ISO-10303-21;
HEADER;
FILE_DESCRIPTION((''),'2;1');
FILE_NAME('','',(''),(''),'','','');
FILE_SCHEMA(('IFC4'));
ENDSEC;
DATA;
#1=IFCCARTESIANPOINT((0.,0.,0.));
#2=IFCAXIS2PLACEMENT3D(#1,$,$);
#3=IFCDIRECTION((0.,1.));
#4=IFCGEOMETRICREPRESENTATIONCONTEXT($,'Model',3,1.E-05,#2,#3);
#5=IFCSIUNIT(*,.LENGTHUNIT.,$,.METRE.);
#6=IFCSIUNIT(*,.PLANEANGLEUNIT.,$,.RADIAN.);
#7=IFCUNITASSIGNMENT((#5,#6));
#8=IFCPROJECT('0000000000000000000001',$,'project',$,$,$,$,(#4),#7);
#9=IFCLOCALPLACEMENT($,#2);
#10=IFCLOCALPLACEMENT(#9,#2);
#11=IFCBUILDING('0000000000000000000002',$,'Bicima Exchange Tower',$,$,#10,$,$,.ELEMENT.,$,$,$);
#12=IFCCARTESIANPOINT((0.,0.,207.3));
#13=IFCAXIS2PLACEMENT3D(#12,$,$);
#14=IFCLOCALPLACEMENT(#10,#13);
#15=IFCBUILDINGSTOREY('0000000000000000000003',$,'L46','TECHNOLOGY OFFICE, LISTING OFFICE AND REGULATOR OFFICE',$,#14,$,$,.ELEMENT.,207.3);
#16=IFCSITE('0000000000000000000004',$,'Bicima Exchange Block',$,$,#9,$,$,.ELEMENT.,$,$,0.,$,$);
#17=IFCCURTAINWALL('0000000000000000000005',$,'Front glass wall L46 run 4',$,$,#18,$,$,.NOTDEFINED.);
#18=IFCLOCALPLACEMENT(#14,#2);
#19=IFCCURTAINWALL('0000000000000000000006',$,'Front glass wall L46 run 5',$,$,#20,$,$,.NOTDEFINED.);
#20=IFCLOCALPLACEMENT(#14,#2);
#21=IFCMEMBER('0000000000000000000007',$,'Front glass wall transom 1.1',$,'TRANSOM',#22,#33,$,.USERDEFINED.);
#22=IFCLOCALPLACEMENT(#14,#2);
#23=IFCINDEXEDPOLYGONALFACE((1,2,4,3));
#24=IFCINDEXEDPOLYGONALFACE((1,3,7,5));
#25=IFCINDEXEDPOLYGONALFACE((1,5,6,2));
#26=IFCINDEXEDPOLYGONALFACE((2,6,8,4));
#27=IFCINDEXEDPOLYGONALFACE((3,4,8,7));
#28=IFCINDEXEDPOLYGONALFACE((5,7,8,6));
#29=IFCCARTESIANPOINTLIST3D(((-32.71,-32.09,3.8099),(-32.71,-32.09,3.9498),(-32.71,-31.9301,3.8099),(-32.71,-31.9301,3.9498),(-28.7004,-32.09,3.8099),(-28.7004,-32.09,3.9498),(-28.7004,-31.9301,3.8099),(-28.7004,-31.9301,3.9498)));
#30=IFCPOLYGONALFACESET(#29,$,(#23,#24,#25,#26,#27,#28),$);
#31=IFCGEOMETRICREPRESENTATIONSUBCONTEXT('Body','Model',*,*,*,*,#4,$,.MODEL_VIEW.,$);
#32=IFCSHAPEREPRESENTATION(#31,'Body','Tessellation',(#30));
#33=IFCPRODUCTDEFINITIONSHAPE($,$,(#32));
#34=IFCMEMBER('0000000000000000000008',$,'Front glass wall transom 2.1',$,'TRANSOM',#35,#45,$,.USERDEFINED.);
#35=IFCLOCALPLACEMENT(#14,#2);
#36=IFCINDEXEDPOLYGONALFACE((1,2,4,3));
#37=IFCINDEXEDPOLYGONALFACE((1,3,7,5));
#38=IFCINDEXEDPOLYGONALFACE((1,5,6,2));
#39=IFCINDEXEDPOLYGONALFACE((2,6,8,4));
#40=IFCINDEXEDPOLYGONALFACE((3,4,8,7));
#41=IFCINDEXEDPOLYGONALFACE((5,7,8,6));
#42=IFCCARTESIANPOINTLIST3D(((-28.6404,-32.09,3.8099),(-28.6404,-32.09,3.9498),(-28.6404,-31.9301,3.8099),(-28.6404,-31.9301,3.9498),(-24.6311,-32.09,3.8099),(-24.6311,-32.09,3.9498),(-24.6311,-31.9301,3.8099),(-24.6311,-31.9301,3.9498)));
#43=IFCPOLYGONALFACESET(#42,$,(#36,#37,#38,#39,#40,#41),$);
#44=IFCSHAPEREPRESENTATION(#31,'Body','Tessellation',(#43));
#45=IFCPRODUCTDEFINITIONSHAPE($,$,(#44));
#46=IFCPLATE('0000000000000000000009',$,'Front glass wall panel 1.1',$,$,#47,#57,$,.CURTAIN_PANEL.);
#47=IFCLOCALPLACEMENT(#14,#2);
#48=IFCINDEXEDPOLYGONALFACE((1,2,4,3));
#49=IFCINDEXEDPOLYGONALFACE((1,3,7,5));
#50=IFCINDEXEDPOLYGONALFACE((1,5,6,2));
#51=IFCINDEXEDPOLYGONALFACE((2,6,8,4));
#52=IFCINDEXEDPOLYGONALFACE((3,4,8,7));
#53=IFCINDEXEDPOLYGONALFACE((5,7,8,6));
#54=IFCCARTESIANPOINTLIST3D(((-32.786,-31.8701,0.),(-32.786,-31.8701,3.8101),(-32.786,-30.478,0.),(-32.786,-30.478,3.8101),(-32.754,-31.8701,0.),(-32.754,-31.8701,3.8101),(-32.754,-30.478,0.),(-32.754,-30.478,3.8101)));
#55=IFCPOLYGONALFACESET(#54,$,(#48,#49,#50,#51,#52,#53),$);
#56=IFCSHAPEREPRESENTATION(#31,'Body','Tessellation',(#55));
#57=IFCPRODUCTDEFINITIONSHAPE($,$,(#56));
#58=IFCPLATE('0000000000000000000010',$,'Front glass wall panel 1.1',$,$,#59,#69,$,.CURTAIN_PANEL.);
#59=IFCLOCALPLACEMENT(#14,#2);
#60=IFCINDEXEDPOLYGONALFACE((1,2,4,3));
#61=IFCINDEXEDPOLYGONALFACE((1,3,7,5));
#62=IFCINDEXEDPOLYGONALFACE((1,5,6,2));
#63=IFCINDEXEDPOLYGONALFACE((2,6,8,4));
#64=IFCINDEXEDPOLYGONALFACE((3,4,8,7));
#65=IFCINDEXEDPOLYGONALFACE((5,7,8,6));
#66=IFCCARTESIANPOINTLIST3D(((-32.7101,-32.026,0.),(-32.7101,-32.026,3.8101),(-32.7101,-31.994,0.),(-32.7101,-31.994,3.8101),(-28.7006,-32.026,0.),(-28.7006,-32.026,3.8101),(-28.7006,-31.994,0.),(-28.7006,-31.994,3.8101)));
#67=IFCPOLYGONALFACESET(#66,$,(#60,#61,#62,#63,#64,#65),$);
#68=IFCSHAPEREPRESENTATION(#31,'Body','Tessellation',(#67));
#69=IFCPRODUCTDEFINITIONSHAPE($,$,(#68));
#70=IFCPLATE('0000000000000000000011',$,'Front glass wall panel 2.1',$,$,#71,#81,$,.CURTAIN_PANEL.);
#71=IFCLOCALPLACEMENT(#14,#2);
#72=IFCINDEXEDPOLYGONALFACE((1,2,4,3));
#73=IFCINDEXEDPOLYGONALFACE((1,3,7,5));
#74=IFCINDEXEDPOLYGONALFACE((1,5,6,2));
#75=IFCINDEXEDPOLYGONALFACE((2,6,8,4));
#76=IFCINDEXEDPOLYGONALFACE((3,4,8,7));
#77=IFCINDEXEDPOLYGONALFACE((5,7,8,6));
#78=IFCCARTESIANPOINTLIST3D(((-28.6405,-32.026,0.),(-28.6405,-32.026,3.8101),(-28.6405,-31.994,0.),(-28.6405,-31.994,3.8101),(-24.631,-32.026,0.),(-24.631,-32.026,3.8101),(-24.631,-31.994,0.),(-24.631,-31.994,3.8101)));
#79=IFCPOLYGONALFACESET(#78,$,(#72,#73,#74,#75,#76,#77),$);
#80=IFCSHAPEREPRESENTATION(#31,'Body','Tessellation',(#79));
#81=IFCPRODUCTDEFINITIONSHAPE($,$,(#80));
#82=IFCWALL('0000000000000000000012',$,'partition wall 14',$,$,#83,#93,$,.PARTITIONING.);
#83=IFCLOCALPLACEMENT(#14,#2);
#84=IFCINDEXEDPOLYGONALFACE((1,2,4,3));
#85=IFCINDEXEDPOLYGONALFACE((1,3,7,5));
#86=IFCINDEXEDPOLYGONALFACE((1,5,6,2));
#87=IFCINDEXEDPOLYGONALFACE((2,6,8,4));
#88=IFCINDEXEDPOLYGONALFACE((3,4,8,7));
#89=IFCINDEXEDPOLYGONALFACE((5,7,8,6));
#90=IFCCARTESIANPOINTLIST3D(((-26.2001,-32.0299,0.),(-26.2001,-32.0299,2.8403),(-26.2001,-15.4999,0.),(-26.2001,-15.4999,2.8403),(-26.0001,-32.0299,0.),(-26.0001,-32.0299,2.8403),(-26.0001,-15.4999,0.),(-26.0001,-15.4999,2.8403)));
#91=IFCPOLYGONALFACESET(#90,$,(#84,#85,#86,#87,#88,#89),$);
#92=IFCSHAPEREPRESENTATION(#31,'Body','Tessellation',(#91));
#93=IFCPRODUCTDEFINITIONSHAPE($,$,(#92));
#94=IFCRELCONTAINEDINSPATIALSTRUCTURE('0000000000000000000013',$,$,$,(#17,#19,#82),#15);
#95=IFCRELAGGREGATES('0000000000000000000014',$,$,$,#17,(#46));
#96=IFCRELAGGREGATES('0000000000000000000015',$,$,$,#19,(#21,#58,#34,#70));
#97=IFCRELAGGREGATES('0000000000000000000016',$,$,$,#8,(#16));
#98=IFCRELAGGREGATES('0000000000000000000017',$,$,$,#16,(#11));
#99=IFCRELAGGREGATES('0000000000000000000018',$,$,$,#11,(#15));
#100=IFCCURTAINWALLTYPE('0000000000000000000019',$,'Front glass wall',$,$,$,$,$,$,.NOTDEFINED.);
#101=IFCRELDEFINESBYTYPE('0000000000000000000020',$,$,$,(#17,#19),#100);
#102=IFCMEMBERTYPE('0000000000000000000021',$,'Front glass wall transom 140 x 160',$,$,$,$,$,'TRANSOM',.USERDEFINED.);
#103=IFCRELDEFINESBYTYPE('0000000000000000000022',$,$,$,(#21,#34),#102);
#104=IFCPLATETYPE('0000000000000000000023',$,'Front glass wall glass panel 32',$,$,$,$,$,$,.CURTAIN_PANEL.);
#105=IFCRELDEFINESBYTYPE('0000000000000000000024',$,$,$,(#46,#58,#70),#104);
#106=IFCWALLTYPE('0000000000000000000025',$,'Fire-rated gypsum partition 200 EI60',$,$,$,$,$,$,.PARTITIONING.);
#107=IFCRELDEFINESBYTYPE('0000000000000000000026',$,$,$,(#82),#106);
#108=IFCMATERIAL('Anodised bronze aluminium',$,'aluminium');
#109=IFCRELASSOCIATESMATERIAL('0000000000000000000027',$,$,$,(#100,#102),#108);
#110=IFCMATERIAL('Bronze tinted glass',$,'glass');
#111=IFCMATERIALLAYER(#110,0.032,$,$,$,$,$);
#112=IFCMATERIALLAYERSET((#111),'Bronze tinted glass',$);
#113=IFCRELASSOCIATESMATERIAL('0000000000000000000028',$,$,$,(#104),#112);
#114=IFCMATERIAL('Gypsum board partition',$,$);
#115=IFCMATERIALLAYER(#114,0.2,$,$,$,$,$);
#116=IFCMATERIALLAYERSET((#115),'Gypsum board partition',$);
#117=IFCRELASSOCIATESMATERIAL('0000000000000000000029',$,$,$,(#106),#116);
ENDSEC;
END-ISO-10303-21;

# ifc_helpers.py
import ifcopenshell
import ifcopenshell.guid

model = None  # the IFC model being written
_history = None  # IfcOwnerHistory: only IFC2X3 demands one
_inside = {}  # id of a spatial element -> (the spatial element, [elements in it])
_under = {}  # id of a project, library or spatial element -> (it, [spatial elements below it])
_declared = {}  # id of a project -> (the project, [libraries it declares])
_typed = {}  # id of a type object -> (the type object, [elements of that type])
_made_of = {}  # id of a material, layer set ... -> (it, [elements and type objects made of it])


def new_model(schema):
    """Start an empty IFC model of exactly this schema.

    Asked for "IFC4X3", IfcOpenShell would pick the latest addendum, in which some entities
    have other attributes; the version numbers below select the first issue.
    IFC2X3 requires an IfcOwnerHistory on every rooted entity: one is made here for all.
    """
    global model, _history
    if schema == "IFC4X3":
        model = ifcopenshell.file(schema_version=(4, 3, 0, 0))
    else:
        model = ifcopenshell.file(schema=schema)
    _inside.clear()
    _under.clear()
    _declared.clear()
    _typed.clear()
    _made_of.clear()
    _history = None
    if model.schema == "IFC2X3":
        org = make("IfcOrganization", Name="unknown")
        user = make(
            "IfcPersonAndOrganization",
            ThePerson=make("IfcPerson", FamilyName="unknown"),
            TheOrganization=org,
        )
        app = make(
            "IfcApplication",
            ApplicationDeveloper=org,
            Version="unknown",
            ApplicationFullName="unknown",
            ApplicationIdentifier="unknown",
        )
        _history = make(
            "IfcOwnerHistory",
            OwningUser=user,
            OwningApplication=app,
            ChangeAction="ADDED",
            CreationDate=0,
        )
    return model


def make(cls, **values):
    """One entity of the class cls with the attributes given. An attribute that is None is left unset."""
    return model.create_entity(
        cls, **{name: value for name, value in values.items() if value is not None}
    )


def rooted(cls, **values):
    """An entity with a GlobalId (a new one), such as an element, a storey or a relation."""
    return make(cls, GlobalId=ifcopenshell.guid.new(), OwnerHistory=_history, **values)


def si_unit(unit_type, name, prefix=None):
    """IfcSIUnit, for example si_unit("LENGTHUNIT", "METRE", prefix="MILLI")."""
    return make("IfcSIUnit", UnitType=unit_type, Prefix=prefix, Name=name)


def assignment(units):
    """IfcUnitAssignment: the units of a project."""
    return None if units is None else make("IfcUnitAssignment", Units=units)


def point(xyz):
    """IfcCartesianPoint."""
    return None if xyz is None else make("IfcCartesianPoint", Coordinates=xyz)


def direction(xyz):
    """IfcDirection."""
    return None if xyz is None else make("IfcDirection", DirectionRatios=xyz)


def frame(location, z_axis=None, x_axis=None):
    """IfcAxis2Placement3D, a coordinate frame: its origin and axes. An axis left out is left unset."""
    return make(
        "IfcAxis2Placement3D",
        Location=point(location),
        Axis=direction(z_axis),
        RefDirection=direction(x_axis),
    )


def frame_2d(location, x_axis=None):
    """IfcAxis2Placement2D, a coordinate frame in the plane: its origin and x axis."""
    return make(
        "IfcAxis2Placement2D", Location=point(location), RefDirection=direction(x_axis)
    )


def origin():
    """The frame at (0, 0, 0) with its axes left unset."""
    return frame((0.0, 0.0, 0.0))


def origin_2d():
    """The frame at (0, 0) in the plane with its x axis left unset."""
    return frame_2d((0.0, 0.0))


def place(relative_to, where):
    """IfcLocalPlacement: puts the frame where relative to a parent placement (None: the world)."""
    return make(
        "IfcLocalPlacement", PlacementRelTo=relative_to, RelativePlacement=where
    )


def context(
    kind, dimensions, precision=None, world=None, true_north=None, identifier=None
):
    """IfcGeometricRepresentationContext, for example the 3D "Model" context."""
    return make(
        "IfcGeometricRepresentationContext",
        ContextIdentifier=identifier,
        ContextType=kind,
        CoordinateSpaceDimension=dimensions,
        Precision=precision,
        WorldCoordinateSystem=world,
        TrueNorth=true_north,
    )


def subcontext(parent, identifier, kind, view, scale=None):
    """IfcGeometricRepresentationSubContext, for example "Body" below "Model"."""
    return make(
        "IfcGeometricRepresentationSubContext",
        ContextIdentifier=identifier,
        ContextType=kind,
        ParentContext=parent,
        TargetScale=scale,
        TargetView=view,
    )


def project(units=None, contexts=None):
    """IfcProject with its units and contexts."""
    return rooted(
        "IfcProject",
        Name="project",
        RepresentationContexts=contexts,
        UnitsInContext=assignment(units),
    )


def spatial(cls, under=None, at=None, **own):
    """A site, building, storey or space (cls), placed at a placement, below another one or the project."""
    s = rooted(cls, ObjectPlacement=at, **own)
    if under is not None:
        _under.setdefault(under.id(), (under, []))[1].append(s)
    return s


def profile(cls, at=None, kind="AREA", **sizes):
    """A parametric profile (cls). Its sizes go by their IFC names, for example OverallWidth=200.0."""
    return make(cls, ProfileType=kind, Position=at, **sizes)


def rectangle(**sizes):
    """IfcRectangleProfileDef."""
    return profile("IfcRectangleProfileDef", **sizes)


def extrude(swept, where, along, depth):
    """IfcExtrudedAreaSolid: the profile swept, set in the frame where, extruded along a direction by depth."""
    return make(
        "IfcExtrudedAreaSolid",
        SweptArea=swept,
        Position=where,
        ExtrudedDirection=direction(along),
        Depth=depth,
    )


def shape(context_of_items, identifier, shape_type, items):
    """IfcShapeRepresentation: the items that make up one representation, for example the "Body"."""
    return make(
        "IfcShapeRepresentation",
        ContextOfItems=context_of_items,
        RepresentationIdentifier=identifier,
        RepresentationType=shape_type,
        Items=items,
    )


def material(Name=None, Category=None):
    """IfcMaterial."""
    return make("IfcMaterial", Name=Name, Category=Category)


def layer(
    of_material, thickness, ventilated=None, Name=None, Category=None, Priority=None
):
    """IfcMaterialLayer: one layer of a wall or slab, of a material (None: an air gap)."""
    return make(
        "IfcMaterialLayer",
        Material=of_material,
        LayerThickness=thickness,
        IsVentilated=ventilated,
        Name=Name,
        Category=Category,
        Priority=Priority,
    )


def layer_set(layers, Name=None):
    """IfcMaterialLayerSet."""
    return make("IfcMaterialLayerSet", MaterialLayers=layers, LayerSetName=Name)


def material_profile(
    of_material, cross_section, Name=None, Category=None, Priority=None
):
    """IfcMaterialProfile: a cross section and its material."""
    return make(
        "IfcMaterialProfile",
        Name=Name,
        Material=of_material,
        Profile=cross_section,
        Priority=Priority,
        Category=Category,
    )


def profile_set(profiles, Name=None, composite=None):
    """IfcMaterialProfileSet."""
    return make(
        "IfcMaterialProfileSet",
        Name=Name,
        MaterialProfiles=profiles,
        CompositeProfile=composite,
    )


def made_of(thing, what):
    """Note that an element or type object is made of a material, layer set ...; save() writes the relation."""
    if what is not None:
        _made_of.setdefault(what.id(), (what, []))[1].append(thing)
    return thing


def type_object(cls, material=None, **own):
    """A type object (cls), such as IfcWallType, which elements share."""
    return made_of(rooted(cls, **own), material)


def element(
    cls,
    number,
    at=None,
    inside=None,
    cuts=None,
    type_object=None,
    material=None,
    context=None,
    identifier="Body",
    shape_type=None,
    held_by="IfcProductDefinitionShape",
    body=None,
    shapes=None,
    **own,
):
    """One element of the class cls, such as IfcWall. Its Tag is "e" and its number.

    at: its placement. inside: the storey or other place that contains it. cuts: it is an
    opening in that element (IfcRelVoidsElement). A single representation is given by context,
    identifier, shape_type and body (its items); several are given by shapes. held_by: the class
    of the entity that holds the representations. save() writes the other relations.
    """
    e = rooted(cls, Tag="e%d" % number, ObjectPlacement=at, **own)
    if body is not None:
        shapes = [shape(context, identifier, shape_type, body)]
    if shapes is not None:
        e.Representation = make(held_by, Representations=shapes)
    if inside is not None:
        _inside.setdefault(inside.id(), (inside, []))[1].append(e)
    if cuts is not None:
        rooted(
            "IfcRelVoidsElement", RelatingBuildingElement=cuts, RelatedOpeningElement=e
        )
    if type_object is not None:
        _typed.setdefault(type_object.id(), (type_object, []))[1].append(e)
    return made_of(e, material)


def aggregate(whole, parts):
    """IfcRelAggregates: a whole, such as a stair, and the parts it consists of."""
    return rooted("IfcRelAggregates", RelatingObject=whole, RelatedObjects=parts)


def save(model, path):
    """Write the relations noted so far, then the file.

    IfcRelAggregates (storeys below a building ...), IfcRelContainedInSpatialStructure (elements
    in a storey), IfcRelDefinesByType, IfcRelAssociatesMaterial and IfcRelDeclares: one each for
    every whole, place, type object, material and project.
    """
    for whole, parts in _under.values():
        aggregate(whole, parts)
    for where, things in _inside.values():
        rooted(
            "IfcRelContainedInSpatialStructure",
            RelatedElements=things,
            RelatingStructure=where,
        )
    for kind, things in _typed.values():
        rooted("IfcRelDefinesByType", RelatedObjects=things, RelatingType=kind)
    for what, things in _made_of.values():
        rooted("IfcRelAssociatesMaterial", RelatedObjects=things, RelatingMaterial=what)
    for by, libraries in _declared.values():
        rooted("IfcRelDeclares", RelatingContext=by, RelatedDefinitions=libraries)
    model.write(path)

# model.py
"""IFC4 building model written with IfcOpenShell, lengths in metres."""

from ifc_helpers import new_model, si_unit, direction, frame, frame_2d, origin, origin_2d, place, context, subcontext, project, spatial, rectangle, extrude, material, layer, layer_set, material_profile, profile_set, type_object, element, aggregate, save


model = new_model("IFC4")

# Units and contexts
model_context = context("Model", 3, precision=1e-05, world=origin(), true_north=direction((0.0, 1.0)))
body_context = subcontext(model_context, "Body", "Model", "MODEL_VIEW")
ifc_project = project(units=[si_unit("LENGTHUNIT", "METRE"), si_unit("PLANEANGLEUNIT", "RADIAN")], contexts=[model_context])

# Site, building, storey
site_placement = place(None, origin())
site = spatial("IfcSite", under=ifc_project, at=site_placement, Name="Bicima Exchange Block", CompositionType="ELEMENT", RefElevation=0.0)
building_placement = place(site_placement, origin())
building = spatial("IfcBuilding", under=site, at=building_placement, Name="Bicima Exchange Tower", CompositionType="ELEMENT")
storey_placement = place(building_placement, frame((0.0, 0.0, 207.3)))
storey = spatial("IfcBuildingStorey", under=building, at=storey_placement, Name="L46", Description="TECHNOLOGY OFFICE, LISTING OFFICE AND REGULATOR OFFICE", CompositionType="ELEMENT", Elevation=207.3)

# Shared definitions
ifc_material_1 = material(Name="Anodised bronze aluminium", Category="aluminium")
curtain_wall_type = type_object("IfcCurtainWallType", Name="Front glass wall", PredefinedType="NOTDEFINED", material=ifc_material_1)

# Curtain walls
curtain_wall_1_placement = place(storey_placement, origin())
curtain_wall_1 = element("IfcCurtainWall", 1, at=curtain_wall_1_placement, inside=storey, type_object=curtain_wall_type, Name="Front glass wall L46 run 4", PredefinedType="NOTDEFINED")
curtain_wall_2_placement = place(storey_placement, origin())
curtain_wall_2 = element("IfcCurtainWall", 2, at=curtain_wall_2_placement, inside=storey, type_object=curtain_wall_type, Name="Front glass wall L46 run 5", PredefinedType="NOTDEFINED")

# Members
ifc_material_profile_1 = material_profile(ifc_material_1, rectangle(XDim=0.1599, YDim=0.1399, at=origin_2d()))
ifc_profile_set_1 = profile_set([ifc_material_profile_1], Name="Anodised bronze aluminium")
member_type_1 = type_object("IfcMemberType", Name="Front glass wall transom 140 x 160", ElementType="TRANSOM", PredefinedType="USERDEFINED", material=ifc_profile_set_1)
member_1_placement = place(storey_placement, frame((-32.71, -32.01, 3.8799), z_axis=(1.0, 0.0, 0.0), x_axis=(0.0, 1.0, 0.0)))
member_1 = element("IfcMember", 3, at=member_1_placement, type_object=member_type_1, Name="Front glass wall transom 1.1", ObjectType="TRANSOM", PredefinedType="USERDEFINED", context=body_context, shape_type="SweptSolid", body=[
    extrude(rectangle(XDim=0.1599, YDim=0.1399, at=origin_2d()), origin(), (0.0, 0.0, 1.0), 4.0095),
])
member_2_placement = place(storey_placement, frame((-28.6404, -32.01, 3.8799), z_axis=(1.0, 0.0, 0.0), x_axis=(0.0, 1.0, 0.0)))
member_2 = element("IfcMember", 4, at=member_2_placement, type_object=member_type_1, Name="Front glass wall transom 2.1", ObjectType="TRANSOM", PredefinedType="USERDEFINED", context=body_context, shape_type="SweptSolid", body=[
    extrude(rectangle(XDim=0.1599, YDim=0.1399, at=origin_2d()), origin(), (0.0, 0.0, 1.0), 4.0093),
])

# Plates
ifc_material_2 = material(Name="Bronze tinted glass", Category="glass")
ifc_layer_1 = layer(ifc_material_2, 0.032)
ifc_layer_set_1 = layer_set([ifc_layer_1], Name="Bronze tinted glass")
plate_type = type_object("IfcPlateType", Name="Front glass wall glass panel 32", PredefinedType="CURTAIN_PANEL", material=ifc_layer_set_1)
plate_1_placement = place(storey_placement, frame((-32.77, -31.1741, 0.0), z_axis=(0.0, 0.0, 1.0), x_axis=(0.0, -1.0, 0.0)))
plate_1 = element("IfcPlate", 5, at=plate_1_placement, type_object=plate_type, Name="Front glass wall panel 1.1", PredefinedType="CURTAIN_PANEL", context=body_context, shape_type="SweptSolid", body=[
    extrude(rectangle(XDim=1.3921, YDim=0.032, at=origin_2d()), origin(), (0.0, 0.0, 1.0), 3.8101),
])
aggregate(curtain_wall_1, [plate_1])
plate_2_placement = place(storey_placement, frame((-30.7053, -32.01, 0.0), z_axis=(0.0, 0.0, 1.0), x_axis=(1.0, 0.0, 0.0)))
plate_2 = element("IfcPlate", 6, at=plate_2_placement, type_object=plate_type, Name="Front glass wall panel 1.1", PredefinedType="CURTAIN_PANEL", context=body_context, shape_type="SweptSolid", body=[
    extrude(rectangle(XDim=4.0095, YDim=0.032, at=origin_2d()), origin(), (0.0, 0.0, 1.0), 3.8101),
])
plate_3_placement = place(storey_placement, frame((-26.6357, -32.01, 0.0), z_axis=(0.0, 0.0, 1.0), x_axis=(1.0, 0.0, 0.0)))
plate_3 = element("IfcPlate", 7, at=plate_3_placement, type_object=plate_type, Name="Front glass wall panel 2.1", PredefinedType="CURTAIN_PANEL", context=body_context, shape_type="SweptSolid", body=[
    extrude(rectangle(XDim=4.0095, YDim=0.032, at=origin_2d()), origin(), (0.0, 0.0, 1.0), 3.8101),
])
aggregate(curtain_wall_2, [member_1, plate_2, member_2, plate_3])

# Wall
ifc_material_3 = material(Name="Gypsum board partition")
ifc_layer_2 = layer(ifc_material_3, 0.2)
ifc_layer_set_2 = layer_set([ifc_layer_2], Name="Gypsum board partition")
wall_type = type_object("IfcWallType", Name="Fire-rated gypsum partition 200 EI60", PredefinedType="PARTITIONING", material=ifc_layer_set_2)
wall_placement = place(storey_placement, frame((-26.1001, -32.03, 0.0), z_axis=(0.0, 0.0, 1.0), x_axis=(0.0, 1.0, 0.0)))
element("IfcWall", 8, at=wall_placement, inside=storey, type_object=wall_type, Name="partition wall 14", PredefinedType="PARTITIONING", context=body_context, shape_type="SweptSolid", body=[
    extrude(rectangle(XDim=16.53, YDim=0.2, at=frame_2d((8.2651, 0.0))), origin(), (0.0, 0.0, 1.0), 2.8403),
])

save(model, "model.ifc")
